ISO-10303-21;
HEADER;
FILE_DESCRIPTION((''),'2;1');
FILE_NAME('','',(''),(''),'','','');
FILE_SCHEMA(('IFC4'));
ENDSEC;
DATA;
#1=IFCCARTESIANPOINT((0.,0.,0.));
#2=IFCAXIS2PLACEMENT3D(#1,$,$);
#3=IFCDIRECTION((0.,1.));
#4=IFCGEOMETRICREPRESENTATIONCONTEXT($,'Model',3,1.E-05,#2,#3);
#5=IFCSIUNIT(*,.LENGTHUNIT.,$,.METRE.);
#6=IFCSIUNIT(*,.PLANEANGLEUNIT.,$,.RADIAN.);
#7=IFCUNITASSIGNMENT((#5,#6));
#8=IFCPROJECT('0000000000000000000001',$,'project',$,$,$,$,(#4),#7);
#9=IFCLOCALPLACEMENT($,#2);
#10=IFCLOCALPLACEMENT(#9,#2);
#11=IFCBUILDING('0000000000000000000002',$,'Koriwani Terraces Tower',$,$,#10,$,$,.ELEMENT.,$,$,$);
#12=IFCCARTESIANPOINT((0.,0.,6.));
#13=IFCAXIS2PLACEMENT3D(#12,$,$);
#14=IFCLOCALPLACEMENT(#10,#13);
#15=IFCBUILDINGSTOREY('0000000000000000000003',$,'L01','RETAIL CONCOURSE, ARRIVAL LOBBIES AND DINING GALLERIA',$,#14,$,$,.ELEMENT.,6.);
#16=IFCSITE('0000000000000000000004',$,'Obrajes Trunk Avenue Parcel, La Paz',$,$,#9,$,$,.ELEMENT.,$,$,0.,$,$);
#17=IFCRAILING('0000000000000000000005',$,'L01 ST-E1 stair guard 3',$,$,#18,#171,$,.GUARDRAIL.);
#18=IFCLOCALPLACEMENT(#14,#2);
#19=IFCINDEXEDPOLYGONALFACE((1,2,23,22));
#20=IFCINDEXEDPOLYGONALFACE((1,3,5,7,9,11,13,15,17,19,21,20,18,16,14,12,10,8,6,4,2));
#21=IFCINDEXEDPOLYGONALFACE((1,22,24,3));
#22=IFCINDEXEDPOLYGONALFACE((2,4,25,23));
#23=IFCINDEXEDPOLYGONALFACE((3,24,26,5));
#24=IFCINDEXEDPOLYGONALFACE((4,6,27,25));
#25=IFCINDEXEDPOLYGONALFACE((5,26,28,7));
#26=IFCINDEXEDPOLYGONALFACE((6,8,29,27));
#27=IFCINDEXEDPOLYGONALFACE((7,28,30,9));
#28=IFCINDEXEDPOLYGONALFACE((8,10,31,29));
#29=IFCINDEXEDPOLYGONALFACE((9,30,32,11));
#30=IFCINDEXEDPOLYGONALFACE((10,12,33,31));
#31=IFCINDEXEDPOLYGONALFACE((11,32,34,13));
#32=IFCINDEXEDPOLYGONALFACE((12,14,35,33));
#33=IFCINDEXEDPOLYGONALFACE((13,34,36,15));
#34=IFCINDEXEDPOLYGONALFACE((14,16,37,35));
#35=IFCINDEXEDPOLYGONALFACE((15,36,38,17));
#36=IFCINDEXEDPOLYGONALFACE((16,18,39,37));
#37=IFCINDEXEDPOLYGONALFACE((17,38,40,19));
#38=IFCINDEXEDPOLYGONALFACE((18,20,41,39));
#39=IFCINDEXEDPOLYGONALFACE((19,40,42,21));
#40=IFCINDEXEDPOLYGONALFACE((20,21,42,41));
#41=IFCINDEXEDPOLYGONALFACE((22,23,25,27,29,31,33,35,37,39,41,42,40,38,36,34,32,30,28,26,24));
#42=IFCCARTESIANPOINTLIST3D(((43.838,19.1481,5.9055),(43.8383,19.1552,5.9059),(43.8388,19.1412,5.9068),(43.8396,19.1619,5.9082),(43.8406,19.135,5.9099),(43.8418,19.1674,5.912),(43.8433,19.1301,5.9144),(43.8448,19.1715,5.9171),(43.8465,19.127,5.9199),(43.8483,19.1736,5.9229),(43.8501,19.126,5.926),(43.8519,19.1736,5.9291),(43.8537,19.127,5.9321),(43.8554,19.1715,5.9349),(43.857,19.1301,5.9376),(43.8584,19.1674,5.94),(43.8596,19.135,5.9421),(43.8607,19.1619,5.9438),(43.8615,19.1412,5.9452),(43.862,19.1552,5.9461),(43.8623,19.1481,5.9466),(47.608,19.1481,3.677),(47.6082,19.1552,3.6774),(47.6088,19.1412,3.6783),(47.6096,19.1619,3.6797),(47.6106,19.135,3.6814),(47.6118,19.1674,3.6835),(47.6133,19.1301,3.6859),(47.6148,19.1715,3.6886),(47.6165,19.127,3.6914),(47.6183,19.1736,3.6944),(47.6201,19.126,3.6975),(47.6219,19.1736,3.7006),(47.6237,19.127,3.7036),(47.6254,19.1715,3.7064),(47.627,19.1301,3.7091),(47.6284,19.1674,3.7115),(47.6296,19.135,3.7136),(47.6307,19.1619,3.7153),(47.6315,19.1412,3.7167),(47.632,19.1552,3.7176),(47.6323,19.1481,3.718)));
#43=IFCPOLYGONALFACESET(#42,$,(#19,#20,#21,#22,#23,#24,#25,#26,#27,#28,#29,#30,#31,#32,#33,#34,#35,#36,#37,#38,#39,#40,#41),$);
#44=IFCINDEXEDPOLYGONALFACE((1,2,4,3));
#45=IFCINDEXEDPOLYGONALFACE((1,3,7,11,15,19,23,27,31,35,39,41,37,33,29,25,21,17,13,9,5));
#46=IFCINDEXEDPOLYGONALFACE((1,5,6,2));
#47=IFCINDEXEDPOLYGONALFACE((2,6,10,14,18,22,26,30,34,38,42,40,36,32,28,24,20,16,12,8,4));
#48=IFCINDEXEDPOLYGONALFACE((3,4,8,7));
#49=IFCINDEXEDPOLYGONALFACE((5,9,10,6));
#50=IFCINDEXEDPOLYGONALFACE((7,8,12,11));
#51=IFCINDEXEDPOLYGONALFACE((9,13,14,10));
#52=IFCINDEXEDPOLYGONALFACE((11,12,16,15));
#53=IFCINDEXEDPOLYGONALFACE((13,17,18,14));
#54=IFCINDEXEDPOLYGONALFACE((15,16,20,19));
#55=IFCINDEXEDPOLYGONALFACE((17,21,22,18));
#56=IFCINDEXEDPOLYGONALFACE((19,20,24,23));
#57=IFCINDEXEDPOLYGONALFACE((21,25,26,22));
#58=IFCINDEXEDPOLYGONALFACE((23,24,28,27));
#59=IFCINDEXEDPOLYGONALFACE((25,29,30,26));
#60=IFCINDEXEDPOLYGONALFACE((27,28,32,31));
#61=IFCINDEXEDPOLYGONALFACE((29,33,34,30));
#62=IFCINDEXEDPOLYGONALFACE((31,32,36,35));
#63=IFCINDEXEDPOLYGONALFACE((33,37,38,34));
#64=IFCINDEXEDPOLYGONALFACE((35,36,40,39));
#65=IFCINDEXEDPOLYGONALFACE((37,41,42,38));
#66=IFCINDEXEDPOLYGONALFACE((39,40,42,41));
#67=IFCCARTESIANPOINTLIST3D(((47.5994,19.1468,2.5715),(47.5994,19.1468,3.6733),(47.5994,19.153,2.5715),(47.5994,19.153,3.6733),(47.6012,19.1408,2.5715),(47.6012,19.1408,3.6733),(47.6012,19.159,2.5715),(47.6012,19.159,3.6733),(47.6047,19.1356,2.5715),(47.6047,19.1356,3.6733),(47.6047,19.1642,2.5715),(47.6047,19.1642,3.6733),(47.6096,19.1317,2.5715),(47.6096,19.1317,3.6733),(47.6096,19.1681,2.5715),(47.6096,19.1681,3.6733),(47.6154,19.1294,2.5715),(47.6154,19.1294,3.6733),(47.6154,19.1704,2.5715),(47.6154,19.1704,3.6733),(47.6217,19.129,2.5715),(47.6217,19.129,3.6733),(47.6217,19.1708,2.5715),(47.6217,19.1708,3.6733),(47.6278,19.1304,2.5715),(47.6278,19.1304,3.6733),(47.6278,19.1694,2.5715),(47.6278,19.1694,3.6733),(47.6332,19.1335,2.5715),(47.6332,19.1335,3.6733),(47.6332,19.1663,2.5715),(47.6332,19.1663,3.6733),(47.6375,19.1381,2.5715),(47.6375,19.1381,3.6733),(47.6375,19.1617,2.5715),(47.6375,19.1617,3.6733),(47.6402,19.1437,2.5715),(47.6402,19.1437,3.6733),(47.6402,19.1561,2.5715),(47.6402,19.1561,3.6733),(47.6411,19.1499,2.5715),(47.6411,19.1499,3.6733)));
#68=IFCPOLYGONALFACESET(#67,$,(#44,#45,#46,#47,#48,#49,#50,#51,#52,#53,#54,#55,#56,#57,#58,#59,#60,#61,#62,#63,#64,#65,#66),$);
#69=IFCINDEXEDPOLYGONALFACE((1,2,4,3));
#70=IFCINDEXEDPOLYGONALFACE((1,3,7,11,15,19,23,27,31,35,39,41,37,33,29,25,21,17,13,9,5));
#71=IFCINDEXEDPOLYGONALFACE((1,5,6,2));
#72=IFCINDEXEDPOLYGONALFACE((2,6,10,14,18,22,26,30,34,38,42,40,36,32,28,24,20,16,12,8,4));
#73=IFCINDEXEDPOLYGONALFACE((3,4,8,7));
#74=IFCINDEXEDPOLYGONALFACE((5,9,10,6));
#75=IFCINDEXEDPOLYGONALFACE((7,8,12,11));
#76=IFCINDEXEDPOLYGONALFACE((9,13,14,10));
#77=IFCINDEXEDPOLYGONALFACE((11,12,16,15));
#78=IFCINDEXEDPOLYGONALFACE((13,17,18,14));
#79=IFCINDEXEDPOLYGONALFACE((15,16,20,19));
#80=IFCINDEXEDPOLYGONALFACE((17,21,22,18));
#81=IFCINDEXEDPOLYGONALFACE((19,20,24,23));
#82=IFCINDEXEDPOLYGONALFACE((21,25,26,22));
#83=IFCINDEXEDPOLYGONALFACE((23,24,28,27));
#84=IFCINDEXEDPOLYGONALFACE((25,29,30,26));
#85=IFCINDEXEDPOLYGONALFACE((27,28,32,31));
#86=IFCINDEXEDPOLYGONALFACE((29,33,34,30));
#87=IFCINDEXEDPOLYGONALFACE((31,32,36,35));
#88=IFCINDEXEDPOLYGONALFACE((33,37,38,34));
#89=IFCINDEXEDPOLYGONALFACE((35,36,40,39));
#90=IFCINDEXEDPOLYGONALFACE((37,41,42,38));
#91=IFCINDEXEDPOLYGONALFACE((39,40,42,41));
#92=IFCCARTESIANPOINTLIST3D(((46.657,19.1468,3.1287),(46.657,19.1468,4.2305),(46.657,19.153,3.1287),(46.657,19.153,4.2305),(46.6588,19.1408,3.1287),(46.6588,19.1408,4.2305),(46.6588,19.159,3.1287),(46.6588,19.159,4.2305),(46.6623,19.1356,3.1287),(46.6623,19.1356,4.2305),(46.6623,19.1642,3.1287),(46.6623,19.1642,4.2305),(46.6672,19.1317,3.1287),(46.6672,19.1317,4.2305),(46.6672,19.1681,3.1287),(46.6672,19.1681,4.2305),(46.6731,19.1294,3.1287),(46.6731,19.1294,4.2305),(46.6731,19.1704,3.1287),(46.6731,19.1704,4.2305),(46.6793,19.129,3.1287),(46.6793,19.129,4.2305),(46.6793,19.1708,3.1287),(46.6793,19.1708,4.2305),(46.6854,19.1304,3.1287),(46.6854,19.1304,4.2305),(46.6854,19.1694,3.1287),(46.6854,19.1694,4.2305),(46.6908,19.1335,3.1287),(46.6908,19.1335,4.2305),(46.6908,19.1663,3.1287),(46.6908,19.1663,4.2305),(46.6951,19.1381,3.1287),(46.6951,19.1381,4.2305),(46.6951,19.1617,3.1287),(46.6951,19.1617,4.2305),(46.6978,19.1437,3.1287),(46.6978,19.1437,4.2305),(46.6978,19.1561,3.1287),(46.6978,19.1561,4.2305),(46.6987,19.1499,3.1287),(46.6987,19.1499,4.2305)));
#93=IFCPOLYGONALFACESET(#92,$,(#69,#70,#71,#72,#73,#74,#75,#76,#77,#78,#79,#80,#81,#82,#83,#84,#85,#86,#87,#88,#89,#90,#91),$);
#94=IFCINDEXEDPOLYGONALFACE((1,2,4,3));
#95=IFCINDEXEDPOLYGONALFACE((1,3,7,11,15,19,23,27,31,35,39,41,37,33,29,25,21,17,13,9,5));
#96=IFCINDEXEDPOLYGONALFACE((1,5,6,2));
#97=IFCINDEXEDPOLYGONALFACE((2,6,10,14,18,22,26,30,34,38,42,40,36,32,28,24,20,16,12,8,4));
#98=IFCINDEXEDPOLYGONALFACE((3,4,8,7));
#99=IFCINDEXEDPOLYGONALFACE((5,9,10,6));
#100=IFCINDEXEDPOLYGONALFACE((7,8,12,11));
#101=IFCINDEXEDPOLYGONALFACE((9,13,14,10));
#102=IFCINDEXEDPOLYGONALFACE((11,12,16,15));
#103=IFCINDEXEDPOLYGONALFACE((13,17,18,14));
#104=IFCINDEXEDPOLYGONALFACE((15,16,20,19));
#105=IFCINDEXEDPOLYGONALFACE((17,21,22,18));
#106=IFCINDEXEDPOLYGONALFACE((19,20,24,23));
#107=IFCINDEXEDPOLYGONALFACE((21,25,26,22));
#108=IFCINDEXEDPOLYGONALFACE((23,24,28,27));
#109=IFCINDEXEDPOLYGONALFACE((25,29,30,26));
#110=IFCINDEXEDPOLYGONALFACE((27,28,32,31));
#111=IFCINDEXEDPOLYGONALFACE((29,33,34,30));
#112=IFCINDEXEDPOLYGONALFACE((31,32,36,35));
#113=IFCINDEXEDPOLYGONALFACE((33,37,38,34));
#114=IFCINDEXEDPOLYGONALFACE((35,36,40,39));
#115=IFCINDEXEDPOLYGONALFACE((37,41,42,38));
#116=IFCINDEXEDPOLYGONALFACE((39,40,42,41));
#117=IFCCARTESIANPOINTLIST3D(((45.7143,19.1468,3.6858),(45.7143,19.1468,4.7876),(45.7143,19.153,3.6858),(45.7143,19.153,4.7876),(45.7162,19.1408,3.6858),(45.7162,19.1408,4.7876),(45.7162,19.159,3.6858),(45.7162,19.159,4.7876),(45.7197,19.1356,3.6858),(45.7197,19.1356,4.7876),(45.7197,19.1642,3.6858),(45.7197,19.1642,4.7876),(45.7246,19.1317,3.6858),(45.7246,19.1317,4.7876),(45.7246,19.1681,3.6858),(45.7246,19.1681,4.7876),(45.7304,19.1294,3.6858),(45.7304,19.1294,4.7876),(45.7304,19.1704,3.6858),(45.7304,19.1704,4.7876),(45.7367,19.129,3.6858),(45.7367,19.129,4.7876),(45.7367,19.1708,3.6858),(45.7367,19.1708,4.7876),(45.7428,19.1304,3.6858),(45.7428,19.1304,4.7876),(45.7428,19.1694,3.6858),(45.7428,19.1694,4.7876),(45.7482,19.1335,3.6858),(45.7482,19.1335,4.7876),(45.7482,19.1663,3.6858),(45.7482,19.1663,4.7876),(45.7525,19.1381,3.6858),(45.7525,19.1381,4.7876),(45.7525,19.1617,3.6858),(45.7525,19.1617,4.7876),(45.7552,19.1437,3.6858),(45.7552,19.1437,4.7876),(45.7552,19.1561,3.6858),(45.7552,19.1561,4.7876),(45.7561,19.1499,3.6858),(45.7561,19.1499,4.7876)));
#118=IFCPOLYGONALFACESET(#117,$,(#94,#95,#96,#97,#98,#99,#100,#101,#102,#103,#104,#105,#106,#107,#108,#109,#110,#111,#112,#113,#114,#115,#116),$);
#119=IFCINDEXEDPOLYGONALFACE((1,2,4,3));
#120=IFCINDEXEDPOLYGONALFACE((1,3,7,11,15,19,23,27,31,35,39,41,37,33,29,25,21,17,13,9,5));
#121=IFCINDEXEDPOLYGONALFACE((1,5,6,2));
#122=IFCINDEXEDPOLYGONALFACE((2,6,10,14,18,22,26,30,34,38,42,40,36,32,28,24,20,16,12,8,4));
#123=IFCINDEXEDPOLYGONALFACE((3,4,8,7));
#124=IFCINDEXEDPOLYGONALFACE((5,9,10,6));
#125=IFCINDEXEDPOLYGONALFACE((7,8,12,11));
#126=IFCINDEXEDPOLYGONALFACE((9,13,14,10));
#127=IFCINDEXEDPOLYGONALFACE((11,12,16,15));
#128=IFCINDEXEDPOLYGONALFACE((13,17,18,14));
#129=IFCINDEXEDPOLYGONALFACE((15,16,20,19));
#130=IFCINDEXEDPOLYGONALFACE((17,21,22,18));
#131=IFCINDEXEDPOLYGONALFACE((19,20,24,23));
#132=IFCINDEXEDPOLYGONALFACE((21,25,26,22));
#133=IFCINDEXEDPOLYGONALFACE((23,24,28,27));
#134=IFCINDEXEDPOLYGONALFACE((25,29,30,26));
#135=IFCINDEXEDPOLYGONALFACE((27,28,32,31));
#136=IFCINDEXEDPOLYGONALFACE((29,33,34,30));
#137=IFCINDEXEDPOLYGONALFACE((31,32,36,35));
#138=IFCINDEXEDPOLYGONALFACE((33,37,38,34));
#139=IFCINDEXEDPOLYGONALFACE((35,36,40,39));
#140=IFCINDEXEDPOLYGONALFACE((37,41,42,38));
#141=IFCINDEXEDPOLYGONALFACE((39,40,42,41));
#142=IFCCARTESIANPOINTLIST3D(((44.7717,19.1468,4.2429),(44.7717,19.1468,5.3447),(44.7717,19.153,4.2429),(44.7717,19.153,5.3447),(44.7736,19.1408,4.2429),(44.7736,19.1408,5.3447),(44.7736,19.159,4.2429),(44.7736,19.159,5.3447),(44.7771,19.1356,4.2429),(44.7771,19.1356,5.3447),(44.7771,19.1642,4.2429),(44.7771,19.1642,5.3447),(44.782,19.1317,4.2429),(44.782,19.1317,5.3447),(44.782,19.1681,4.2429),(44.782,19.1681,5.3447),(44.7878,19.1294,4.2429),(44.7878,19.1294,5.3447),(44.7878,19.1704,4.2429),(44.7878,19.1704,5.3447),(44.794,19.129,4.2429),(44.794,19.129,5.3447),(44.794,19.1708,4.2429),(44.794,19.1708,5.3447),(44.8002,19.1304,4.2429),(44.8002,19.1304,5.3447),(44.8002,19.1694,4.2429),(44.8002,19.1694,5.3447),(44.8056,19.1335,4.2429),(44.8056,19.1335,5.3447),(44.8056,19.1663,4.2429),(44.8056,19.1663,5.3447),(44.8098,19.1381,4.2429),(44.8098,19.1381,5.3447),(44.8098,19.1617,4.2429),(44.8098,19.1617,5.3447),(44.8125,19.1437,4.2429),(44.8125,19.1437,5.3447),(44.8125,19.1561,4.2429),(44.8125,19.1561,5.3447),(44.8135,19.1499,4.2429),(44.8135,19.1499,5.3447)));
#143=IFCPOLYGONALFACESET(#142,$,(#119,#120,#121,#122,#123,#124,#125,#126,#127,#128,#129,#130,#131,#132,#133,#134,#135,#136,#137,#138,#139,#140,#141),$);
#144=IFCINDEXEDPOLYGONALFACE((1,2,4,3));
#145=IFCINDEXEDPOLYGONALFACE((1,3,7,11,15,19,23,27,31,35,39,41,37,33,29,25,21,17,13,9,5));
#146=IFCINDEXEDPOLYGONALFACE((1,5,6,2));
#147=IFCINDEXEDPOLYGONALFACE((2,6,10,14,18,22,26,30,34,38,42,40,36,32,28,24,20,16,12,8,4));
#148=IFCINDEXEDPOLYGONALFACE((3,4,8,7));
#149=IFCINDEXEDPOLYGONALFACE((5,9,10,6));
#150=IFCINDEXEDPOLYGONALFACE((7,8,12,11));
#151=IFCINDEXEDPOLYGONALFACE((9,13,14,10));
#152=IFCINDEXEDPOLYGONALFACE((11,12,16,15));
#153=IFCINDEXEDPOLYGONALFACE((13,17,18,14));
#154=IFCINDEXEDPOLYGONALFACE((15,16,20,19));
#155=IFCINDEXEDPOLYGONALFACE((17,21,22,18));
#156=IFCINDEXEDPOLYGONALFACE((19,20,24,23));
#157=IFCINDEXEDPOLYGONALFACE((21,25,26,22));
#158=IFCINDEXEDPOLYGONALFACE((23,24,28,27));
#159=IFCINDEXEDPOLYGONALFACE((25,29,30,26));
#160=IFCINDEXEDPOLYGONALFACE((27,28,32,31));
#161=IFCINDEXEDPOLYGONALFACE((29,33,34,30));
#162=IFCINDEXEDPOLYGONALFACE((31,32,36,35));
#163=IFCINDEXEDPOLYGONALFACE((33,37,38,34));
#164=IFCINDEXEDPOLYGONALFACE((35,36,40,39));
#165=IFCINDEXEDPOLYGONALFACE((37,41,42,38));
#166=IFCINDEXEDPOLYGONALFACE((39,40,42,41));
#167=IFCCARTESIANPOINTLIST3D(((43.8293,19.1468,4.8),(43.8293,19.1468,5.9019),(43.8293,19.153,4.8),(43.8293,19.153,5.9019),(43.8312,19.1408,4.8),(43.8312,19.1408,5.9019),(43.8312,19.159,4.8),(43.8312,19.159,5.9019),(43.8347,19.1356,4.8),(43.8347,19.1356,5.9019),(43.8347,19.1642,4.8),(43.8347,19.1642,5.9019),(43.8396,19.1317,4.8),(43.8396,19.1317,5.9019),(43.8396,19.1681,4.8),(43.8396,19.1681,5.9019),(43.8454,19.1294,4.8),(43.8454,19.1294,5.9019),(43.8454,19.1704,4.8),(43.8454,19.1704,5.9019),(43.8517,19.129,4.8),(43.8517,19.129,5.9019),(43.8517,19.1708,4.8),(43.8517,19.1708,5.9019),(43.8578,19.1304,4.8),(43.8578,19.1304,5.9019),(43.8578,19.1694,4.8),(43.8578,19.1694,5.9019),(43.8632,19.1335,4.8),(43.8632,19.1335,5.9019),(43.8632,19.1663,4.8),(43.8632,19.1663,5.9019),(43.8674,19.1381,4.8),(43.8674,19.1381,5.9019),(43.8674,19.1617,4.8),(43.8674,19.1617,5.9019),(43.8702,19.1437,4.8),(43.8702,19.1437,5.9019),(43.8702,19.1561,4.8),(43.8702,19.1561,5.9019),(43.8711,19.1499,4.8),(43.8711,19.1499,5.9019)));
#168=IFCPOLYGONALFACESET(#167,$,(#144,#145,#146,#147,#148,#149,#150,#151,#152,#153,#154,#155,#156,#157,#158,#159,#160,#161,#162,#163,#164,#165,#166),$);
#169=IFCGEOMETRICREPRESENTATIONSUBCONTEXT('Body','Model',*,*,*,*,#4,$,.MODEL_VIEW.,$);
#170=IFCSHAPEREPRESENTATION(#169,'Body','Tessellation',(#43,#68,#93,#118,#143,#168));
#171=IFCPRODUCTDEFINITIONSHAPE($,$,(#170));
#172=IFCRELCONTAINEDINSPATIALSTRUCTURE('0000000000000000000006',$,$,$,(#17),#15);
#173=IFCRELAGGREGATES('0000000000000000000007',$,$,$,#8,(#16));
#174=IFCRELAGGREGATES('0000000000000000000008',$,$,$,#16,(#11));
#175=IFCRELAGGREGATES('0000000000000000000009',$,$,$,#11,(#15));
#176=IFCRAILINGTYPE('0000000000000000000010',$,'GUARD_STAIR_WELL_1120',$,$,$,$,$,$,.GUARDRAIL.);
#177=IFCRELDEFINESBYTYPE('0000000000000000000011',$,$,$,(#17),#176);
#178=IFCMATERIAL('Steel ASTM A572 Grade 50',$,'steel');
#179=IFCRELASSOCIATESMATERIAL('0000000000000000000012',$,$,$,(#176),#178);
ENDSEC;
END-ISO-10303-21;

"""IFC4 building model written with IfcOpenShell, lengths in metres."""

from ifc_helpers import new_model, si_unit, direction, frame, origin, origin_2d, place, context, subcontext, project, spatial, circle, extrude, material, type_object, element, save


model = new_model("IFC4")

# Units and contexts
model_context = context("Model", 3, precision=1e-05, world=origin(), true_north=direction((0.0, 1.0)))
body_context = subcontext(model_context, "Body", "Model", "MODEL_VIEW")
ifc_project = project(units=[si_unit("LENGTHUNIT", "METRE"), si_unit("PLANEANGLEUNIT", "RADIAN")], contexts=[model_context])

# Site, building, storey
site_placement = place(None, origin())
site = spatial("IfcSite", under=ifc_project, at=site_placement, Name="Obrajes Trunk Avenue Parcel, La Paz", CompositionType="ELEMENT", RefElevation=0.0)
building_placement = place(site_placement, origin())
building = spatial("IfcBuilding", under=site, at=building_placement, Name="Koriwani Terraces Tower", CompositionType="ELEMENT")
storey_placement = place(building_placement, frame((0.0, 0.0, 6.0)))
storey = spatial("IfcBuildingStorey", under=building, at=storey_placement, Name="L01", Description="RETAIL CONCOURSE, ARRIVAL LOBBIES AND DINING GALLERIA", CompositionType="ELEMENT", Elevation=6.0)

# Shared definitions
ifc_material_1 = material(Name="Steel ASTM A572 Grade 50", Category="steel")

# Railing
railing_type_1 = type_object("IfcRailingType", Name="GUARD_STAIR_WELL_1120", PredefinedType="GUARDRAIL", material=ifc_material_1)
railing_1_placement = place(storey_placement, frame((47.6201, 19.1499, 2.5715)))
element("IfcRailing", 1, at=railing_1_placement, inside=storey, type_object=railing_type_1, Name="L01 ST-E1 stair guard 3", PredefinedType="GUARDRAIL", context=body_context, shape_type="SweptSolid", body=[
    extrude(circle(Radius=0.0239, at=origin_2d()), frame((0.0, 0.0, 1.126), z_axis=(-0.860849, 0.0, 0.508861), x_axis=(0.0, -1.0, 0.0)), (0.0, 0.0, 1.0), 4.3794),
    extrude(circle(Radius=0.021, at=origin_2d()), origin(), (0.0, 0.0, 1.0), 1.1018),
    extrude(circle(Radius=0.021, at=origin_2d()), frame((-0.9424, 0.0, 0.5571)), (0.0, 0.0, 1.0), 1.1018),
    extrude(circle(Radius=0.021, at=origin_2d()), frame((-1.885, 0.0, 1.1143)), (0.0, 0.0, 1.0), 1.1018),
    extrude(circle(Radius=0.021, at=origin_2d()), frame((-2.8276, 0.0, 1.6714)), (0.0, 0.0, 1.0), 1.1018),
    extrude(circle(Radius=0.021, at=origin_2d()), frame((-3.77, 0.0, 2.2285)), (0.0, 0.0, 1.0), 1.1018),
])

save(model, "model.ifc")
